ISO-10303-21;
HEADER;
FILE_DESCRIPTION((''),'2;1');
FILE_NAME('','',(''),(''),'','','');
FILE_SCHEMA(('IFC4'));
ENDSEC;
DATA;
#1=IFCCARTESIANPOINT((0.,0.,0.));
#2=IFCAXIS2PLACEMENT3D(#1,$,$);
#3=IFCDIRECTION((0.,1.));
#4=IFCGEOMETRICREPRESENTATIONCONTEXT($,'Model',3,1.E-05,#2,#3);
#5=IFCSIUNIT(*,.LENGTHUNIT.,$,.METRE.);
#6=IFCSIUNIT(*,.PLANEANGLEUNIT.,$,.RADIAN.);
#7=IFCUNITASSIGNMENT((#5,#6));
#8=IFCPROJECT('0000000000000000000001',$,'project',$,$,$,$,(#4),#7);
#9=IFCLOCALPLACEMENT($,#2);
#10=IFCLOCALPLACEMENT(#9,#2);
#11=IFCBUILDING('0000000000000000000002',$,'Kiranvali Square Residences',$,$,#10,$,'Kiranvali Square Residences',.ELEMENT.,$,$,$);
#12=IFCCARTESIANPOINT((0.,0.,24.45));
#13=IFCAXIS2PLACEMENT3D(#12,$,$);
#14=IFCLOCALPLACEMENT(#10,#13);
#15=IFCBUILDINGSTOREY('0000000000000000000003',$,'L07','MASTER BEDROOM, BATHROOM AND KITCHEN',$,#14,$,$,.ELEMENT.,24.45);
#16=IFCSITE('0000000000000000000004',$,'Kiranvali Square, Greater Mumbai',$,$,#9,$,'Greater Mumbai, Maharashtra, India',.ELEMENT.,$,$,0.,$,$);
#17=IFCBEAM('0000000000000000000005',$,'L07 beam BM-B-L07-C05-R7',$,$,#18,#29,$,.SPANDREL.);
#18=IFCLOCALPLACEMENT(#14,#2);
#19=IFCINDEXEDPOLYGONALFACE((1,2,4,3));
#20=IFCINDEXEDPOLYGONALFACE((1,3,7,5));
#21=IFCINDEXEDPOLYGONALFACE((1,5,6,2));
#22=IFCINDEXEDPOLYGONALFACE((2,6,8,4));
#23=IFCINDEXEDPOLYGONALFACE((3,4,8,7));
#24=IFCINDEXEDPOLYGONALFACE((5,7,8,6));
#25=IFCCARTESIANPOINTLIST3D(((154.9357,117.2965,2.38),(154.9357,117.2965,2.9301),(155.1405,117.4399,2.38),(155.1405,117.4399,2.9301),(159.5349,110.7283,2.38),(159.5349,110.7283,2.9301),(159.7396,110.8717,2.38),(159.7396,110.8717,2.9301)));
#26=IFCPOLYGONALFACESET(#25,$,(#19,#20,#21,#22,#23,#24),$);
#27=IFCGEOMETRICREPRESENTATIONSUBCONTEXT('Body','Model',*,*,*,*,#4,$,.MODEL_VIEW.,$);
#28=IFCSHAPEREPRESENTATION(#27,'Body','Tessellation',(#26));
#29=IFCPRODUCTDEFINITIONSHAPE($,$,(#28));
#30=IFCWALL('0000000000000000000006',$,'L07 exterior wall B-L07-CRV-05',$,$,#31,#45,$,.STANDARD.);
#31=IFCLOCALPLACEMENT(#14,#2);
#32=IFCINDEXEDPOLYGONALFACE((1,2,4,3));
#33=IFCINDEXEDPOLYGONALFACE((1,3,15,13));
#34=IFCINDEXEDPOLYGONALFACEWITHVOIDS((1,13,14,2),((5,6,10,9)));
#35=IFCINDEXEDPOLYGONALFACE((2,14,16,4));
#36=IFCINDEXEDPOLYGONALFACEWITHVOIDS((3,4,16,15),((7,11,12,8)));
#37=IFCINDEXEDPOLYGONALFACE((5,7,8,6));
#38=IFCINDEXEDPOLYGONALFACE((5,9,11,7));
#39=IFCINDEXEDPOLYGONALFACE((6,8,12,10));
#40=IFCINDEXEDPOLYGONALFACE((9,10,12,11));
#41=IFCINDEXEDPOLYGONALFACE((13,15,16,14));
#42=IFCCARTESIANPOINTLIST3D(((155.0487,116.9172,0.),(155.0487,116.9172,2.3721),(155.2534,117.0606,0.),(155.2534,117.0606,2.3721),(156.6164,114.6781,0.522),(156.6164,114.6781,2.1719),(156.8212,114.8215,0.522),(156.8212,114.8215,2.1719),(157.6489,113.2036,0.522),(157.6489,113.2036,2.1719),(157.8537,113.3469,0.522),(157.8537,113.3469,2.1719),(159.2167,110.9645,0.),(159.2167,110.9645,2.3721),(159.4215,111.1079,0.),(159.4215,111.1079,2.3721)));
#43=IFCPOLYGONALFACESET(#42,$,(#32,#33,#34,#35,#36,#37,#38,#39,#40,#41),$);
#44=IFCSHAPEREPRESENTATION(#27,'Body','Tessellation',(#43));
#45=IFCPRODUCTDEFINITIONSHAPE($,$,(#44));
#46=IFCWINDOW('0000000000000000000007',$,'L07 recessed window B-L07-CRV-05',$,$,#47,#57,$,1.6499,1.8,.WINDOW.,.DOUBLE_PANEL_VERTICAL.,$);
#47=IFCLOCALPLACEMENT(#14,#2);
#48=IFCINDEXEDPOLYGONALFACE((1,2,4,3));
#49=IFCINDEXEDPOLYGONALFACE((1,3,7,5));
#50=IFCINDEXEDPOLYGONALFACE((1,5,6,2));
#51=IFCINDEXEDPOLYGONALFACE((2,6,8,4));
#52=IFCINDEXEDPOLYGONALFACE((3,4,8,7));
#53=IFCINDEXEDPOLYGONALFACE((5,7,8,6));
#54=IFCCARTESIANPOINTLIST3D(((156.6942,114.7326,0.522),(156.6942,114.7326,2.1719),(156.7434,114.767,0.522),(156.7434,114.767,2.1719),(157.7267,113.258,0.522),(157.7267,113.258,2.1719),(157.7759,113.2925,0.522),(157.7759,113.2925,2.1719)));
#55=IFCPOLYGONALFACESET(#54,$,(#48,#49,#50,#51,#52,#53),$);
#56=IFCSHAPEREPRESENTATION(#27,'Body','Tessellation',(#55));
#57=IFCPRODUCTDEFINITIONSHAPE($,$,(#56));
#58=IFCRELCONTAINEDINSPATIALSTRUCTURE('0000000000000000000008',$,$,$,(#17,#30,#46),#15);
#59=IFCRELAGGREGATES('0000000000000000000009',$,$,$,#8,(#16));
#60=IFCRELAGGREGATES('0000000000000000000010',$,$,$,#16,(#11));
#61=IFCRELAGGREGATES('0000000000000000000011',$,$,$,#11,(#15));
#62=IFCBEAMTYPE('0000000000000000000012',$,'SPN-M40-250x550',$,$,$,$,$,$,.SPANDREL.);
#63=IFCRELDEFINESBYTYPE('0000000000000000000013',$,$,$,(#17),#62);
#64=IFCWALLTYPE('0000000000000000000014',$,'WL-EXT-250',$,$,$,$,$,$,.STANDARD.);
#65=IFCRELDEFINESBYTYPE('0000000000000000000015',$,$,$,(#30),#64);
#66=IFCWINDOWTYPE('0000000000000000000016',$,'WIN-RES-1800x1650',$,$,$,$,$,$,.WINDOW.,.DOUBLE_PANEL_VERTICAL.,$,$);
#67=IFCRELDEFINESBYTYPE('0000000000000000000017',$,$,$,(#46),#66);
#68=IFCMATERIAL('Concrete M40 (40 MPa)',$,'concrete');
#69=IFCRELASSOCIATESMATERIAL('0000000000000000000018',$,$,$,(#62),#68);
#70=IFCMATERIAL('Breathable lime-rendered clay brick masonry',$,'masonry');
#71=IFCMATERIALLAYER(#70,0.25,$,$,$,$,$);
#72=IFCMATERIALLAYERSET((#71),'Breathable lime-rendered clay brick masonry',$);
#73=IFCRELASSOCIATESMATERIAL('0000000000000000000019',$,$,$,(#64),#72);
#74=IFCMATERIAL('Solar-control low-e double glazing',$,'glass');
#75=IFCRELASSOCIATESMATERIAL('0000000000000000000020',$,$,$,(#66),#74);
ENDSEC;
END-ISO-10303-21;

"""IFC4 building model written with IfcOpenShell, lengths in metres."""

from ifc_helpers import new_model, si_unit, direction, frame, frame_2d, origin, origin_2d, place, context, subcontext, project, spatial, rectangle, extrude, material, layer, layer_set, material_profile, profile_set, type_object, element, fill, save


model = new_model("IFC4")

# Units and contexts
model_context = context("Model", 3, precision=1e-05, world=origin(), true_north=direction((0.0, 1.0)))
body_context = subcontext(model_context, "Body", "Model", "MODEL_VIEW")
ifc_project = project(units=[si_unit("LENGTHUNIT", "METRE"), si_unit("PLANEANGLEUNIT", "RADIAN")], contexts=[model_context])

# Site, building, storey
site_placement = place(None, origin())
site = spatial("IfcSite", under=ifc_project, at=site_placement, Name="Kiranvali Square, Greater Mumbai", LongName="Greater Mumbai, Maharashtra, India", CompositionType="ELEMENT", RefElevation=0.0)
building_placement = place(site_placement, origin())
building = spatial("IfcBuilding", under=site, at=building_placement, Name="Kiranvali Square Residences", LongName="Kiranvali Square Residences", CompositionType="ELEMENT")
storey_placement = place(building_placement, frame((0.0, 0.0, 24.45)))
storey = spatial("IfcBuildingStorey", under=building, at=storey_placement, Name="L07", Description="MASTER BEDROOM, BATHROOM AND KITCHEN", CompositionType="ELEMENT", Elevation=24.45)

# Beam
ifc_material_1 = material(Name="Concrete M40 (40 MPa)", Category="concrete")
ifc_material_profile_1 = material_profile(ifc_material_1, rectangle(XDim=0.25, YDim=0.55, at=origin_2d()), Name="RC 250x550")
ifc_profile_set_1 = profile_set([ifc_material_profile_1], Name="Concrete M40 (40 MPa)")
beam_type_1 = type_object("IfcBeamType", Name="SPN-M40-250x550", PredefinedType="SPANDREL", material=ifc_profile_set_1)
beam_1_placement = place(storey_placement, frame((155.0381, 117.3682, 2.655), z_axis=(0.573583, -0.819148, 0.0), x_axis=(0.819148, 0.573583, 0.0)))
element("IfcBeam", 1, at=beam_1_placement, inside=storey, type_object=beam_type_1, Name="L07 beam BM-B-L07-C05-R7", PredefinedType="SPANDREL", context=body_context, shape_type="SweptSolid", body=[
    extrude(rectangle(XDim=0.25, YDim=0.55, at=origin_2d()), origin(), (0.0, 0.0, 1.0), 8.0183),
])

# Shared definitions
ifc_material_2 = material(Name="Breathable lime-rendered clay brick masonry", Category="masonry")
ifc_layer = layer(ifc_material_2, 0.25)
ifc_layer_set = layer_set([ifc_layer], Name="Breathable lime-rendered clay brick masonry")
wall_type = type_object("IfcWallType", Name="WL-EXT-250", PredefinedType="STANDARD", material=ifc_layer_set)
ifc_material_3 = material(Name="Solar-control low-e double glazing", Category="glass")

# Wall, opening, window
wall_1_placement = place(storey_placement, frame((155.1511, 116.9888, 0.0), z_axis=(0.0, 0.0, 1.0), x_axis=(0.573566, -0.819159, 0.0)))
wall_1 = element("IfcWall", 2, at=wall_1_placement, inside=storey, type_object=wall_type, Name="L07 exterior wall B-L07-CRV-05", PredefinedType="STANDARD", context=body_context, shape_type="SweptSolid", body=[
    extrude(rectangle(XDim=7.2668, YDim=0.25, at=frame_2d((3.6333, 0.0))), origin(), (0.0, 0.0, 1.0), 2.3721),
])
opening_1_placement = place(wall_1_placement, frame((2.7334, 0.0, 0.522)))
opening_1 = element("IfcOpeningElement", 3, at=opening_1_placement, cuts=wall_1, PredefinedType="OPENING", context=body_context, shape_type="SweptSolid", body=[
    extrude(rectangle(XDim=1.8, YDim=1.6499, at=frame_2d((0.8999, 0.825))), frame((0.0, 0.135, 0.0), z_axis=(0.0, -1.0, 0.0), x_axis=(1.0, 0.0, 0.0)), (0.0, 0.0, 1.0), 0.27),
])
window_type_1 = type_object("IfcWindowType", Name="WIN-RES-1800x1650", PartitioningType="DOUBLE_PANEL_VERTICAL", PredefinedType="WINDOW", material=ifc_material_3)
window_1_placement = place(opening_1_placement, origin())
window_1 = element("IfcWindow", 4, at=window_1_placement, inside=storey, type_object=window_type_1, Name="L07 recessed window B-L07-CRV-05", OverallHeight=1.6499, OverallWidth=1.8, PartitioningType="DOUBLE_PANEL_VERTICAL", PredefinedType="WINDOW", context=body_context, shape_type="SweptSolid", body=[
    extrude(rectangle(XDim=1.8, YDim=1.6499, at=frame_2d((0.8999, 0.825))), frame((0.0, 0.03, 0.0), z_axis=(0.0, -1.0, 0.0), x_axis=(1.0, 0.0, 0.0)), (0.0, 0.0, 1.0), 0.0601),
])
fill(opening_1, window_1)

save(model, "model.ifc")
